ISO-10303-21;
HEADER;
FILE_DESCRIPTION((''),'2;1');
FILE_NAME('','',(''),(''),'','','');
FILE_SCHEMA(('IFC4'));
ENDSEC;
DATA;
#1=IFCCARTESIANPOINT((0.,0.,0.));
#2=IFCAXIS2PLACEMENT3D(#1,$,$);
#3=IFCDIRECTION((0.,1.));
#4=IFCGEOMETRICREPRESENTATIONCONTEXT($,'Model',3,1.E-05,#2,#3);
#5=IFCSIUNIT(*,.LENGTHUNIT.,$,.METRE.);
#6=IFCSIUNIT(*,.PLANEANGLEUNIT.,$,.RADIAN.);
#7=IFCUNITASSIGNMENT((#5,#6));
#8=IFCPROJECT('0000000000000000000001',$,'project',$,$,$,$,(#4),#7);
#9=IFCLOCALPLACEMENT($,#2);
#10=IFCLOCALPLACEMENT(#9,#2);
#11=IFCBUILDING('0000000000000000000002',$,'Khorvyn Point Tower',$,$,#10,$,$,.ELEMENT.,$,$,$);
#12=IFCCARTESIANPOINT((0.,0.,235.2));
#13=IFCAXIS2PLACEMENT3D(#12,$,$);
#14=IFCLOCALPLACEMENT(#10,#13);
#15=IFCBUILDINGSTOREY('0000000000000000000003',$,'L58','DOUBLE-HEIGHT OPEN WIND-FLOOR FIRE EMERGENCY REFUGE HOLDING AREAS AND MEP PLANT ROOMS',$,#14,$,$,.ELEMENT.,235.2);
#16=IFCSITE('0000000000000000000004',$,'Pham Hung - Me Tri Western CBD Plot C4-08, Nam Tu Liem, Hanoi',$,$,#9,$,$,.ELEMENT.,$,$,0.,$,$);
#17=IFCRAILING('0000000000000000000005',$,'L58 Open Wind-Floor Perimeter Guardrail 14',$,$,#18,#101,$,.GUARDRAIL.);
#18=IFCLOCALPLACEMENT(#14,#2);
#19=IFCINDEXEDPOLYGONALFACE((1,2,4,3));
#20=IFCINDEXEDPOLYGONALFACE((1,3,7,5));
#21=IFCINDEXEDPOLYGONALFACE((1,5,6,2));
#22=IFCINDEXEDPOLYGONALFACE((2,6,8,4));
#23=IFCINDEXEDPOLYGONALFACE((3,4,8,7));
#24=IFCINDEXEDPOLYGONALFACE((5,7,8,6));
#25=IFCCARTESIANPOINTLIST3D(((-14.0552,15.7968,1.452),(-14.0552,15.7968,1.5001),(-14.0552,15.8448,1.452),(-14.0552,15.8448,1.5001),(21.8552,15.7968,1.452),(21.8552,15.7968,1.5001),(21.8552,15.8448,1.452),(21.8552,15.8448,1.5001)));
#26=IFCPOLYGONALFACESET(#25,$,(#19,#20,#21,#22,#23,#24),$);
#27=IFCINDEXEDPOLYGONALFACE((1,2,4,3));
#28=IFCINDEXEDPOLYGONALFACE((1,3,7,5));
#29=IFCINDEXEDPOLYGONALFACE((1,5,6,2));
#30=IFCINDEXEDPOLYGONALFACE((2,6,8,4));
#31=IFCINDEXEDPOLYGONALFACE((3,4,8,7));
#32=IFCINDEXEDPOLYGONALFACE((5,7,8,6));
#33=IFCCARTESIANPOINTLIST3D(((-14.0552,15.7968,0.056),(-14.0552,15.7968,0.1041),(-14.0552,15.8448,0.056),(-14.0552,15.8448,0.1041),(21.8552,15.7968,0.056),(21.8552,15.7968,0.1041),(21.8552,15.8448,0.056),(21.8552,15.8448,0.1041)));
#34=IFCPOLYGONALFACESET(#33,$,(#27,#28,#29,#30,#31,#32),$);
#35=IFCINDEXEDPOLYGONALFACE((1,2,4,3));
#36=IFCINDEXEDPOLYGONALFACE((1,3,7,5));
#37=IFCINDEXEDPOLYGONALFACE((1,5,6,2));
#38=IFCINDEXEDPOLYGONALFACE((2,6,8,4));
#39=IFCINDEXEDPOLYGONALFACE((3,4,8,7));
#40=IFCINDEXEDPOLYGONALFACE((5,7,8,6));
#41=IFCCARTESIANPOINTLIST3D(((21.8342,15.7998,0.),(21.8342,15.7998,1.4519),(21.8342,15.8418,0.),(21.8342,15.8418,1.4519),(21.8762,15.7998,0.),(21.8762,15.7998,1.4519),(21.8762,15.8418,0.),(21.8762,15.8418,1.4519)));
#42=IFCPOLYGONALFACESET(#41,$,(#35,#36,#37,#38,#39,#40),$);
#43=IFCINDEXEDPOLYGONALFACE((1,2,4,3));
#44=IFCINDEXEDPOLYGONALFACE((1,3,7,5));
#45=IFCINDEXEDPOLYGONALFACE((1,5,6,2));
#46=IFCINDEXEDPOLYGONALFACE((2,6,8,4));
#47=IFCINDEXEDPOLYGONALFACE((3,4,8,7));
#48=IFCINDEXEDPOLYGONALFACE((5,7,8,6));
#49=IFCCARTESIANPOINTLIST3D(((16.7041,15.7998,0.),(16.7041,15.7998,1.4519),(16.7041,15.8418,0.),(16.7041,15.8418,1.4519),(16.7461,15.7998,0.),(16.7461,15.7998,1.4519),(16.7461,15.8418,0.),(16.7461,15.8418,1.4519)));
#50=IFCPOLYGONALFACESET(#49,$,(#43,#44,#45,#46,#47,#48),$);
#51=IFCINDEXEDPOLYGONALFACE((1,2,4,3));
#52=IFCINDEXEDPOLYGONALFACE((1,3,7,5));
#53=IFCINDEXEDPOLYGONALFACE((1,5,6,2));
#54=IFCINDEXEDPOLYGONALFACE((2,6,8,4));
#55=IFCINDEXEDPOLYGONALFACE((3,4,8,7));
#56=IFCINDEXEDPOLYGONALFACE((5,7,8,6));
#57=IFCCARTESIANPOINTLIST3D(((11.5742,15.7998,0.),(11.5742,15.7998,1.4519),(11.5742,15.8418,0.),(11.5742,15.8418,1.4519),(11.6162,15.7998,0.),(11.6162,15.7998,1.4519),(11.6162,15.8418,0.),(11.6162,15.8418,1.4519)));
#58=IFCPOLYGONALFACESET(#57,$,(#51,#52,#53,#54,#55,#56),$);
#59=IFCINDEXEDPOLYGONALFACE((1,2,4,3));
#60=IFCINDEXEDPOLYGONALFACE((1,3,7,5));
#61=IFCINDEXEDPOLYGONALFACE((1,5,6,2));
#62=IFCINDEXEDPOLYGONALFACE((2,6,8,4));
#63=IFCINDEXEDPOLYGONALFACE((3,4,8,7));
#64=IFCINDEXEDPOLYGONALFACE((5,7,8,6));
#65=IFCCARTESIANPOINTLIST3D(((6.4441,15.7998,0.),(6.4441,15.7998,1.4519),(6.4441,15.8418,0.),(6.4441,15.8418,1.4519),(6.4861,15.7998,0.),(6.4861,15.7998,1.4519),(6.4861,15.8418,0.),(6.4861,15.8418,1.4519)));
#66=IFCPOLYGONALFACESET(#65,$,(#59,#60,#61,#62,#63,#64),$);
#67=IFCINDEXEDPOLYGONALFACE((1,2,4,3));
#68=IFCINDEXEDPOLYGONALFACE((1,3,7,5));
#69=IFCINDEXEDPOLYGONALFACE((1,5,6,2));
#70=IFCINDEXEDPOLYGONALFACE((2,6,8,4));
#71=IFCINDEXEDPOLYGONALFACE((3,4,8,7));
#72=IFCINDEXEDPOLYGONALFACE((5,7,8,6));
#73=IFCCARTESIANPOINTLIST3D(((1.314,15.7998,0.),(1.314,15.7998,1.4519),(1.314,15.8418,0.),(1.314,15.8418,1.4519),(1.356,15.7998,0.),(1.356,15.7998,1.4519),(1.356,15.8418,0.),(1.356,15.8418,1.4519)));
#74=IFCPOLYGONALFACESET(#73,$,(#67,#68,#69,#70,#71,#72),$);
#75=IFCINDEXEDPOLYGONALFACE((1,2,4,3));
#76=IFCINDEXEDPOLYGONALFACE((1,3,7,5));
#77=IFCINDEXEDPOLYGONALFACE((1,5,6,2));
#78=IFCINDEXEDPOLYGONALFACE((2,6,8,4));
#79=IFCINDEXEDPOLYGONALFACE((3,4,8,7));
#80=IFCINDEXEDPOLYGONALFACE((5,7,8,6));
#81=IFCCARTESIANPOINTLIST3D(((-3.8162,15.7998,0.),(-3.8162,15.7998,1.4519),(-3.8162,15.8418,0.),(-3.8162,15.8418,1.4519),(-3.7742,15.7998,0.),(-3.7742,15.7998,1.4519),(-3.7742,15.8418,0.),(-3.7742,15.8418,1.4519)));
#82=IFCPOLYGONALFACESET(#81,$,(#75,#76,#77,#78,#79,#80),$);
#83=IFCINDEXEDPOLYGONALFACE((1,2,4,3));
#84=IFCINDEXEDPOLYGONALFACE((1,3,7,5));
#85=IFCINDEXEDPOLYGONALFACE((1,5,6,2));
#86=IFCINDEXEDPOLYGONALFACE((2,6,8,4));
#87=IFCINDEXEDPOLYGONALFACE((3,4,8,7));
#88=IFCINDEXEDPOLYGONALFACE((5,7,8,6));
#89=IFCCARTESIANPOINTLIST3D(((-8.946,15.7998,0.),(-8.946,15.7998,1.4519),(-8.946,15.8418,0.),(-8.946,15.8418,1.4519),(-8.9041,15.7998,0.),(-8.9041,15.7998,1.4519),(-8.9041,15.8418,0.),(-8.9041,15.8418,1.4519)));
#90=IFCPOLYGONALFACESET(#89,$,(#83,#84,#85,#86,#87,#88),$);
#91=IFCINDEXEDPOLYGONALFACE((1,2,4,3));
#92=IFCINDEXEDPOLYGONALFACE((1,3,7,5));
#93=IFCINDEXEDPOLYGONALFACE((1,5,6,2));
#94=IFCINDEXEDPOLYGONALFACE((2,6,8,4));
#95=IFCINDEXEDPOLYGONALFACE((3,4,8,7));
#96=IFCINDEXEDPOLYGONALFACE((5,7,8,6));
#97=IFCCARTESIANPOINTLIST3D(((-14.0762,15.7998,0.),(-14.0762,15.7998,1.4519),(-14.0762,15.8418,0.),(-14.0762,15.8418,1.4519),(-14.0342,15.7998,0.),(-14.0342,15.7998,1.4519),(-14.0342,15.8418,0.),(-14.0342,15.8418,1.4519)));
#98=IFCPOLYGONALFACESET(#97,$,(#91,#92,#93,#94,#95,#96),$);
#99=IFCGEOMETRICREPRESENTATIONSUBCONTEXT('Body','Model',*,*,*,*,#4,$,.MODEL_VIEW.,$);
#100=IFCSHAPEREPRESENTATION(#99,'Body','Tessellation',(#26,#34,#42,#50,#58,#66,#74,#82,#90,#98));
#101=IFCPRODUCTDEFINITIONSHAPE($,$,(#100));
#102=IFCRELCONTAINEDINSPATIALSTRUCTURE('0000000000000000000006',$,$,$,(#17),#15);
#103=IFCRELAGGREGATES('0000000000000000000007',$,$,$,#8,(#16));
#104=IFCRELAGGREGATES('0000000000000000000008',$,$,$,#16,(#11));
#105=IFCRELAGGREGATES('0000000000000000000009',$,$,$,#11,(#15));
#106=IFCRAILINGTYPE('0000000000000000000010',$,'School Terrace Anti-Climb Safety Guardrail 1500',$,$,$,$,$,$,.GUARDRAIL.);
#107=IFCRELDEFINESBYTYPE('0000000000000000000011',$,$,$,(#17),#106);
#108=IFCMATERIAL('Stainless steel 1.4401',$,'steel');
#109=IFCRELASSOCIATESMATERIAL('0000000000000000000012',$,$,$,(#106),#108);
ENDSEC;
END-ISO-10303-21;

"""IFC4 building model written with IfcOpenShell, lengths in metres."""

from ifc_helpers import new_model, si_unit, direction, frame, origin, origin_2d, place, context, subcontext, project, spatial, rectangle, extrude, material, type_object, element, save


model = new_model("IFC4")

# Units and contexts
model_context = context("Model", 3, precision=1e-05, world=origin(), true_north=direction((0.0, 1.0)))
body_context = subcontext(model_context, "Body", "Model", "MODEL_VIEW")
ifc_project = project(units=[si_unit("LENGTHUNIT", "METRE"), si_unit("PLANEANGLEUNIT", "RADIAN")], contexts=[model_context])

# Site, building, storey
site_placement = place(None, origin())
site = spatial("IfcSite", under=ifc_project, at=site_placement, Name="Pham Hung - Me Tri Western CBD Plot C4-08, Nam Tu Liem, Hanoi", CompositionType="ELEMENT", RefElevation=0.0)
building_placement = place(site_placement, origin())
building = spatial("IfcBuilding", under=site, at=building_placement, Name="Khorvyn Point Tower", CompositionType="ELEMENT")
storey_placement = place(building_placement, frame((0.0, 0.0, 235.2)))
storey = spatial("IfcBuildingStorey", under=building, at=storey_placement, Name="L58", Description="DOUBLE-HEIGHT OPEN WIND-FLOOR FIRE EMERGENCY REFUGE HOLDING AREAS AND MEP PLANT ROOMS", CompositionType="ELEMENT", Elevation=235.2)

# Railing
ifc_material_1 = material(Name="Stainless steel 1.4401", Category="steel")
railing_type = type_object("IfcRailingType", Name="School Terrace Anti-Climb Safety Guardrail 1500", PredefinedType="GUARDRAIL", material=ifc_material_1)
railing_1_placement = place(storey_placement, frame((21.8552, 15.8208, 0.0)))
element("IfcRailing", 1, at=railing_1_placement, inside=storey, type_object=railing_type, Name="L58 Open Wind-Floor Perimeter Guardrail 14", PredefinedType="GUARDRAIL", context=body_context, shape_type="SweptSolid", body=[
    extrude(rectangle(XDim=0.0481, YDim=0.0481, at=origin_2d()), frame((0.0, 0.0, 1.4761), z_axis=(-1.0, 0.0, 0.0), x_axis=(0.0, -1.0, 0.0)), (0.0, 0.0, 1.0), 35.9104),
    extrude(rectangle(XDim=0.0481, YDim=0.0481, at=origin_2d()), frame((0.0, 0.0, 0.0801), z_axis=(-1.0, 0.0, 0.0), x_axis=(0.0, -1.0, 0.0)), (0.0, 0.0, 1.0), 35.9104),
    extrude(rectangle(XDim=0.042, YDim=0.042, at=origin_2d()), origin(), (0.0, 0.0, 1.0), 1.4519),
    extrude(rectangle(XDim=0.042, YDim=0.042, at=origin_2d()), frame((-5.1301, 0.0, 0.0)), (0.0, 0.0, 1.0), 1.4519),
    extrude(rectangle(XDim=0.042, YDim=0.042, at=origin_2d()), frame((-10.26, 0.0, 0.0)), (0.0, 0.0, 1.0), 1.4519),
    extrude(rectangle(XDim=0.042, YDim=0.042, at=origin_2d()), frame((-15.3901, 0.0, 0.0)), (0.0, 0.0, 1.0), 1.4519),
    extrude(rectangle(XDim=0.042, YDim=0.042, at=origin_2d()), frame((-20.5203, 0.0, 0.0)), (0.0, 0.0, 1.0), 1.4519),
    extrude(rectangle(XDim=0.042, YDim=0.042, at=origin_2d()), frame((-25.6504, 0.0, 0.0)), (0.0, 0.0, 1.0), 1.4519),
    extrude(rectangle(XDim=0.042, YDim=0.042, at=origin_2d()), frame((-30.7803, 0.0, 0.0)), (0.0, 0.0, 1.0), 1.4519),
    extrude(rectangle(XDim=0.042, YDim=0.042, at=origin_2d()), frame((-35.9104, 0.0, 0.0)), (0.0, 0.0, 1.0), 1.4519),
])

save(model, "model.ifc")
